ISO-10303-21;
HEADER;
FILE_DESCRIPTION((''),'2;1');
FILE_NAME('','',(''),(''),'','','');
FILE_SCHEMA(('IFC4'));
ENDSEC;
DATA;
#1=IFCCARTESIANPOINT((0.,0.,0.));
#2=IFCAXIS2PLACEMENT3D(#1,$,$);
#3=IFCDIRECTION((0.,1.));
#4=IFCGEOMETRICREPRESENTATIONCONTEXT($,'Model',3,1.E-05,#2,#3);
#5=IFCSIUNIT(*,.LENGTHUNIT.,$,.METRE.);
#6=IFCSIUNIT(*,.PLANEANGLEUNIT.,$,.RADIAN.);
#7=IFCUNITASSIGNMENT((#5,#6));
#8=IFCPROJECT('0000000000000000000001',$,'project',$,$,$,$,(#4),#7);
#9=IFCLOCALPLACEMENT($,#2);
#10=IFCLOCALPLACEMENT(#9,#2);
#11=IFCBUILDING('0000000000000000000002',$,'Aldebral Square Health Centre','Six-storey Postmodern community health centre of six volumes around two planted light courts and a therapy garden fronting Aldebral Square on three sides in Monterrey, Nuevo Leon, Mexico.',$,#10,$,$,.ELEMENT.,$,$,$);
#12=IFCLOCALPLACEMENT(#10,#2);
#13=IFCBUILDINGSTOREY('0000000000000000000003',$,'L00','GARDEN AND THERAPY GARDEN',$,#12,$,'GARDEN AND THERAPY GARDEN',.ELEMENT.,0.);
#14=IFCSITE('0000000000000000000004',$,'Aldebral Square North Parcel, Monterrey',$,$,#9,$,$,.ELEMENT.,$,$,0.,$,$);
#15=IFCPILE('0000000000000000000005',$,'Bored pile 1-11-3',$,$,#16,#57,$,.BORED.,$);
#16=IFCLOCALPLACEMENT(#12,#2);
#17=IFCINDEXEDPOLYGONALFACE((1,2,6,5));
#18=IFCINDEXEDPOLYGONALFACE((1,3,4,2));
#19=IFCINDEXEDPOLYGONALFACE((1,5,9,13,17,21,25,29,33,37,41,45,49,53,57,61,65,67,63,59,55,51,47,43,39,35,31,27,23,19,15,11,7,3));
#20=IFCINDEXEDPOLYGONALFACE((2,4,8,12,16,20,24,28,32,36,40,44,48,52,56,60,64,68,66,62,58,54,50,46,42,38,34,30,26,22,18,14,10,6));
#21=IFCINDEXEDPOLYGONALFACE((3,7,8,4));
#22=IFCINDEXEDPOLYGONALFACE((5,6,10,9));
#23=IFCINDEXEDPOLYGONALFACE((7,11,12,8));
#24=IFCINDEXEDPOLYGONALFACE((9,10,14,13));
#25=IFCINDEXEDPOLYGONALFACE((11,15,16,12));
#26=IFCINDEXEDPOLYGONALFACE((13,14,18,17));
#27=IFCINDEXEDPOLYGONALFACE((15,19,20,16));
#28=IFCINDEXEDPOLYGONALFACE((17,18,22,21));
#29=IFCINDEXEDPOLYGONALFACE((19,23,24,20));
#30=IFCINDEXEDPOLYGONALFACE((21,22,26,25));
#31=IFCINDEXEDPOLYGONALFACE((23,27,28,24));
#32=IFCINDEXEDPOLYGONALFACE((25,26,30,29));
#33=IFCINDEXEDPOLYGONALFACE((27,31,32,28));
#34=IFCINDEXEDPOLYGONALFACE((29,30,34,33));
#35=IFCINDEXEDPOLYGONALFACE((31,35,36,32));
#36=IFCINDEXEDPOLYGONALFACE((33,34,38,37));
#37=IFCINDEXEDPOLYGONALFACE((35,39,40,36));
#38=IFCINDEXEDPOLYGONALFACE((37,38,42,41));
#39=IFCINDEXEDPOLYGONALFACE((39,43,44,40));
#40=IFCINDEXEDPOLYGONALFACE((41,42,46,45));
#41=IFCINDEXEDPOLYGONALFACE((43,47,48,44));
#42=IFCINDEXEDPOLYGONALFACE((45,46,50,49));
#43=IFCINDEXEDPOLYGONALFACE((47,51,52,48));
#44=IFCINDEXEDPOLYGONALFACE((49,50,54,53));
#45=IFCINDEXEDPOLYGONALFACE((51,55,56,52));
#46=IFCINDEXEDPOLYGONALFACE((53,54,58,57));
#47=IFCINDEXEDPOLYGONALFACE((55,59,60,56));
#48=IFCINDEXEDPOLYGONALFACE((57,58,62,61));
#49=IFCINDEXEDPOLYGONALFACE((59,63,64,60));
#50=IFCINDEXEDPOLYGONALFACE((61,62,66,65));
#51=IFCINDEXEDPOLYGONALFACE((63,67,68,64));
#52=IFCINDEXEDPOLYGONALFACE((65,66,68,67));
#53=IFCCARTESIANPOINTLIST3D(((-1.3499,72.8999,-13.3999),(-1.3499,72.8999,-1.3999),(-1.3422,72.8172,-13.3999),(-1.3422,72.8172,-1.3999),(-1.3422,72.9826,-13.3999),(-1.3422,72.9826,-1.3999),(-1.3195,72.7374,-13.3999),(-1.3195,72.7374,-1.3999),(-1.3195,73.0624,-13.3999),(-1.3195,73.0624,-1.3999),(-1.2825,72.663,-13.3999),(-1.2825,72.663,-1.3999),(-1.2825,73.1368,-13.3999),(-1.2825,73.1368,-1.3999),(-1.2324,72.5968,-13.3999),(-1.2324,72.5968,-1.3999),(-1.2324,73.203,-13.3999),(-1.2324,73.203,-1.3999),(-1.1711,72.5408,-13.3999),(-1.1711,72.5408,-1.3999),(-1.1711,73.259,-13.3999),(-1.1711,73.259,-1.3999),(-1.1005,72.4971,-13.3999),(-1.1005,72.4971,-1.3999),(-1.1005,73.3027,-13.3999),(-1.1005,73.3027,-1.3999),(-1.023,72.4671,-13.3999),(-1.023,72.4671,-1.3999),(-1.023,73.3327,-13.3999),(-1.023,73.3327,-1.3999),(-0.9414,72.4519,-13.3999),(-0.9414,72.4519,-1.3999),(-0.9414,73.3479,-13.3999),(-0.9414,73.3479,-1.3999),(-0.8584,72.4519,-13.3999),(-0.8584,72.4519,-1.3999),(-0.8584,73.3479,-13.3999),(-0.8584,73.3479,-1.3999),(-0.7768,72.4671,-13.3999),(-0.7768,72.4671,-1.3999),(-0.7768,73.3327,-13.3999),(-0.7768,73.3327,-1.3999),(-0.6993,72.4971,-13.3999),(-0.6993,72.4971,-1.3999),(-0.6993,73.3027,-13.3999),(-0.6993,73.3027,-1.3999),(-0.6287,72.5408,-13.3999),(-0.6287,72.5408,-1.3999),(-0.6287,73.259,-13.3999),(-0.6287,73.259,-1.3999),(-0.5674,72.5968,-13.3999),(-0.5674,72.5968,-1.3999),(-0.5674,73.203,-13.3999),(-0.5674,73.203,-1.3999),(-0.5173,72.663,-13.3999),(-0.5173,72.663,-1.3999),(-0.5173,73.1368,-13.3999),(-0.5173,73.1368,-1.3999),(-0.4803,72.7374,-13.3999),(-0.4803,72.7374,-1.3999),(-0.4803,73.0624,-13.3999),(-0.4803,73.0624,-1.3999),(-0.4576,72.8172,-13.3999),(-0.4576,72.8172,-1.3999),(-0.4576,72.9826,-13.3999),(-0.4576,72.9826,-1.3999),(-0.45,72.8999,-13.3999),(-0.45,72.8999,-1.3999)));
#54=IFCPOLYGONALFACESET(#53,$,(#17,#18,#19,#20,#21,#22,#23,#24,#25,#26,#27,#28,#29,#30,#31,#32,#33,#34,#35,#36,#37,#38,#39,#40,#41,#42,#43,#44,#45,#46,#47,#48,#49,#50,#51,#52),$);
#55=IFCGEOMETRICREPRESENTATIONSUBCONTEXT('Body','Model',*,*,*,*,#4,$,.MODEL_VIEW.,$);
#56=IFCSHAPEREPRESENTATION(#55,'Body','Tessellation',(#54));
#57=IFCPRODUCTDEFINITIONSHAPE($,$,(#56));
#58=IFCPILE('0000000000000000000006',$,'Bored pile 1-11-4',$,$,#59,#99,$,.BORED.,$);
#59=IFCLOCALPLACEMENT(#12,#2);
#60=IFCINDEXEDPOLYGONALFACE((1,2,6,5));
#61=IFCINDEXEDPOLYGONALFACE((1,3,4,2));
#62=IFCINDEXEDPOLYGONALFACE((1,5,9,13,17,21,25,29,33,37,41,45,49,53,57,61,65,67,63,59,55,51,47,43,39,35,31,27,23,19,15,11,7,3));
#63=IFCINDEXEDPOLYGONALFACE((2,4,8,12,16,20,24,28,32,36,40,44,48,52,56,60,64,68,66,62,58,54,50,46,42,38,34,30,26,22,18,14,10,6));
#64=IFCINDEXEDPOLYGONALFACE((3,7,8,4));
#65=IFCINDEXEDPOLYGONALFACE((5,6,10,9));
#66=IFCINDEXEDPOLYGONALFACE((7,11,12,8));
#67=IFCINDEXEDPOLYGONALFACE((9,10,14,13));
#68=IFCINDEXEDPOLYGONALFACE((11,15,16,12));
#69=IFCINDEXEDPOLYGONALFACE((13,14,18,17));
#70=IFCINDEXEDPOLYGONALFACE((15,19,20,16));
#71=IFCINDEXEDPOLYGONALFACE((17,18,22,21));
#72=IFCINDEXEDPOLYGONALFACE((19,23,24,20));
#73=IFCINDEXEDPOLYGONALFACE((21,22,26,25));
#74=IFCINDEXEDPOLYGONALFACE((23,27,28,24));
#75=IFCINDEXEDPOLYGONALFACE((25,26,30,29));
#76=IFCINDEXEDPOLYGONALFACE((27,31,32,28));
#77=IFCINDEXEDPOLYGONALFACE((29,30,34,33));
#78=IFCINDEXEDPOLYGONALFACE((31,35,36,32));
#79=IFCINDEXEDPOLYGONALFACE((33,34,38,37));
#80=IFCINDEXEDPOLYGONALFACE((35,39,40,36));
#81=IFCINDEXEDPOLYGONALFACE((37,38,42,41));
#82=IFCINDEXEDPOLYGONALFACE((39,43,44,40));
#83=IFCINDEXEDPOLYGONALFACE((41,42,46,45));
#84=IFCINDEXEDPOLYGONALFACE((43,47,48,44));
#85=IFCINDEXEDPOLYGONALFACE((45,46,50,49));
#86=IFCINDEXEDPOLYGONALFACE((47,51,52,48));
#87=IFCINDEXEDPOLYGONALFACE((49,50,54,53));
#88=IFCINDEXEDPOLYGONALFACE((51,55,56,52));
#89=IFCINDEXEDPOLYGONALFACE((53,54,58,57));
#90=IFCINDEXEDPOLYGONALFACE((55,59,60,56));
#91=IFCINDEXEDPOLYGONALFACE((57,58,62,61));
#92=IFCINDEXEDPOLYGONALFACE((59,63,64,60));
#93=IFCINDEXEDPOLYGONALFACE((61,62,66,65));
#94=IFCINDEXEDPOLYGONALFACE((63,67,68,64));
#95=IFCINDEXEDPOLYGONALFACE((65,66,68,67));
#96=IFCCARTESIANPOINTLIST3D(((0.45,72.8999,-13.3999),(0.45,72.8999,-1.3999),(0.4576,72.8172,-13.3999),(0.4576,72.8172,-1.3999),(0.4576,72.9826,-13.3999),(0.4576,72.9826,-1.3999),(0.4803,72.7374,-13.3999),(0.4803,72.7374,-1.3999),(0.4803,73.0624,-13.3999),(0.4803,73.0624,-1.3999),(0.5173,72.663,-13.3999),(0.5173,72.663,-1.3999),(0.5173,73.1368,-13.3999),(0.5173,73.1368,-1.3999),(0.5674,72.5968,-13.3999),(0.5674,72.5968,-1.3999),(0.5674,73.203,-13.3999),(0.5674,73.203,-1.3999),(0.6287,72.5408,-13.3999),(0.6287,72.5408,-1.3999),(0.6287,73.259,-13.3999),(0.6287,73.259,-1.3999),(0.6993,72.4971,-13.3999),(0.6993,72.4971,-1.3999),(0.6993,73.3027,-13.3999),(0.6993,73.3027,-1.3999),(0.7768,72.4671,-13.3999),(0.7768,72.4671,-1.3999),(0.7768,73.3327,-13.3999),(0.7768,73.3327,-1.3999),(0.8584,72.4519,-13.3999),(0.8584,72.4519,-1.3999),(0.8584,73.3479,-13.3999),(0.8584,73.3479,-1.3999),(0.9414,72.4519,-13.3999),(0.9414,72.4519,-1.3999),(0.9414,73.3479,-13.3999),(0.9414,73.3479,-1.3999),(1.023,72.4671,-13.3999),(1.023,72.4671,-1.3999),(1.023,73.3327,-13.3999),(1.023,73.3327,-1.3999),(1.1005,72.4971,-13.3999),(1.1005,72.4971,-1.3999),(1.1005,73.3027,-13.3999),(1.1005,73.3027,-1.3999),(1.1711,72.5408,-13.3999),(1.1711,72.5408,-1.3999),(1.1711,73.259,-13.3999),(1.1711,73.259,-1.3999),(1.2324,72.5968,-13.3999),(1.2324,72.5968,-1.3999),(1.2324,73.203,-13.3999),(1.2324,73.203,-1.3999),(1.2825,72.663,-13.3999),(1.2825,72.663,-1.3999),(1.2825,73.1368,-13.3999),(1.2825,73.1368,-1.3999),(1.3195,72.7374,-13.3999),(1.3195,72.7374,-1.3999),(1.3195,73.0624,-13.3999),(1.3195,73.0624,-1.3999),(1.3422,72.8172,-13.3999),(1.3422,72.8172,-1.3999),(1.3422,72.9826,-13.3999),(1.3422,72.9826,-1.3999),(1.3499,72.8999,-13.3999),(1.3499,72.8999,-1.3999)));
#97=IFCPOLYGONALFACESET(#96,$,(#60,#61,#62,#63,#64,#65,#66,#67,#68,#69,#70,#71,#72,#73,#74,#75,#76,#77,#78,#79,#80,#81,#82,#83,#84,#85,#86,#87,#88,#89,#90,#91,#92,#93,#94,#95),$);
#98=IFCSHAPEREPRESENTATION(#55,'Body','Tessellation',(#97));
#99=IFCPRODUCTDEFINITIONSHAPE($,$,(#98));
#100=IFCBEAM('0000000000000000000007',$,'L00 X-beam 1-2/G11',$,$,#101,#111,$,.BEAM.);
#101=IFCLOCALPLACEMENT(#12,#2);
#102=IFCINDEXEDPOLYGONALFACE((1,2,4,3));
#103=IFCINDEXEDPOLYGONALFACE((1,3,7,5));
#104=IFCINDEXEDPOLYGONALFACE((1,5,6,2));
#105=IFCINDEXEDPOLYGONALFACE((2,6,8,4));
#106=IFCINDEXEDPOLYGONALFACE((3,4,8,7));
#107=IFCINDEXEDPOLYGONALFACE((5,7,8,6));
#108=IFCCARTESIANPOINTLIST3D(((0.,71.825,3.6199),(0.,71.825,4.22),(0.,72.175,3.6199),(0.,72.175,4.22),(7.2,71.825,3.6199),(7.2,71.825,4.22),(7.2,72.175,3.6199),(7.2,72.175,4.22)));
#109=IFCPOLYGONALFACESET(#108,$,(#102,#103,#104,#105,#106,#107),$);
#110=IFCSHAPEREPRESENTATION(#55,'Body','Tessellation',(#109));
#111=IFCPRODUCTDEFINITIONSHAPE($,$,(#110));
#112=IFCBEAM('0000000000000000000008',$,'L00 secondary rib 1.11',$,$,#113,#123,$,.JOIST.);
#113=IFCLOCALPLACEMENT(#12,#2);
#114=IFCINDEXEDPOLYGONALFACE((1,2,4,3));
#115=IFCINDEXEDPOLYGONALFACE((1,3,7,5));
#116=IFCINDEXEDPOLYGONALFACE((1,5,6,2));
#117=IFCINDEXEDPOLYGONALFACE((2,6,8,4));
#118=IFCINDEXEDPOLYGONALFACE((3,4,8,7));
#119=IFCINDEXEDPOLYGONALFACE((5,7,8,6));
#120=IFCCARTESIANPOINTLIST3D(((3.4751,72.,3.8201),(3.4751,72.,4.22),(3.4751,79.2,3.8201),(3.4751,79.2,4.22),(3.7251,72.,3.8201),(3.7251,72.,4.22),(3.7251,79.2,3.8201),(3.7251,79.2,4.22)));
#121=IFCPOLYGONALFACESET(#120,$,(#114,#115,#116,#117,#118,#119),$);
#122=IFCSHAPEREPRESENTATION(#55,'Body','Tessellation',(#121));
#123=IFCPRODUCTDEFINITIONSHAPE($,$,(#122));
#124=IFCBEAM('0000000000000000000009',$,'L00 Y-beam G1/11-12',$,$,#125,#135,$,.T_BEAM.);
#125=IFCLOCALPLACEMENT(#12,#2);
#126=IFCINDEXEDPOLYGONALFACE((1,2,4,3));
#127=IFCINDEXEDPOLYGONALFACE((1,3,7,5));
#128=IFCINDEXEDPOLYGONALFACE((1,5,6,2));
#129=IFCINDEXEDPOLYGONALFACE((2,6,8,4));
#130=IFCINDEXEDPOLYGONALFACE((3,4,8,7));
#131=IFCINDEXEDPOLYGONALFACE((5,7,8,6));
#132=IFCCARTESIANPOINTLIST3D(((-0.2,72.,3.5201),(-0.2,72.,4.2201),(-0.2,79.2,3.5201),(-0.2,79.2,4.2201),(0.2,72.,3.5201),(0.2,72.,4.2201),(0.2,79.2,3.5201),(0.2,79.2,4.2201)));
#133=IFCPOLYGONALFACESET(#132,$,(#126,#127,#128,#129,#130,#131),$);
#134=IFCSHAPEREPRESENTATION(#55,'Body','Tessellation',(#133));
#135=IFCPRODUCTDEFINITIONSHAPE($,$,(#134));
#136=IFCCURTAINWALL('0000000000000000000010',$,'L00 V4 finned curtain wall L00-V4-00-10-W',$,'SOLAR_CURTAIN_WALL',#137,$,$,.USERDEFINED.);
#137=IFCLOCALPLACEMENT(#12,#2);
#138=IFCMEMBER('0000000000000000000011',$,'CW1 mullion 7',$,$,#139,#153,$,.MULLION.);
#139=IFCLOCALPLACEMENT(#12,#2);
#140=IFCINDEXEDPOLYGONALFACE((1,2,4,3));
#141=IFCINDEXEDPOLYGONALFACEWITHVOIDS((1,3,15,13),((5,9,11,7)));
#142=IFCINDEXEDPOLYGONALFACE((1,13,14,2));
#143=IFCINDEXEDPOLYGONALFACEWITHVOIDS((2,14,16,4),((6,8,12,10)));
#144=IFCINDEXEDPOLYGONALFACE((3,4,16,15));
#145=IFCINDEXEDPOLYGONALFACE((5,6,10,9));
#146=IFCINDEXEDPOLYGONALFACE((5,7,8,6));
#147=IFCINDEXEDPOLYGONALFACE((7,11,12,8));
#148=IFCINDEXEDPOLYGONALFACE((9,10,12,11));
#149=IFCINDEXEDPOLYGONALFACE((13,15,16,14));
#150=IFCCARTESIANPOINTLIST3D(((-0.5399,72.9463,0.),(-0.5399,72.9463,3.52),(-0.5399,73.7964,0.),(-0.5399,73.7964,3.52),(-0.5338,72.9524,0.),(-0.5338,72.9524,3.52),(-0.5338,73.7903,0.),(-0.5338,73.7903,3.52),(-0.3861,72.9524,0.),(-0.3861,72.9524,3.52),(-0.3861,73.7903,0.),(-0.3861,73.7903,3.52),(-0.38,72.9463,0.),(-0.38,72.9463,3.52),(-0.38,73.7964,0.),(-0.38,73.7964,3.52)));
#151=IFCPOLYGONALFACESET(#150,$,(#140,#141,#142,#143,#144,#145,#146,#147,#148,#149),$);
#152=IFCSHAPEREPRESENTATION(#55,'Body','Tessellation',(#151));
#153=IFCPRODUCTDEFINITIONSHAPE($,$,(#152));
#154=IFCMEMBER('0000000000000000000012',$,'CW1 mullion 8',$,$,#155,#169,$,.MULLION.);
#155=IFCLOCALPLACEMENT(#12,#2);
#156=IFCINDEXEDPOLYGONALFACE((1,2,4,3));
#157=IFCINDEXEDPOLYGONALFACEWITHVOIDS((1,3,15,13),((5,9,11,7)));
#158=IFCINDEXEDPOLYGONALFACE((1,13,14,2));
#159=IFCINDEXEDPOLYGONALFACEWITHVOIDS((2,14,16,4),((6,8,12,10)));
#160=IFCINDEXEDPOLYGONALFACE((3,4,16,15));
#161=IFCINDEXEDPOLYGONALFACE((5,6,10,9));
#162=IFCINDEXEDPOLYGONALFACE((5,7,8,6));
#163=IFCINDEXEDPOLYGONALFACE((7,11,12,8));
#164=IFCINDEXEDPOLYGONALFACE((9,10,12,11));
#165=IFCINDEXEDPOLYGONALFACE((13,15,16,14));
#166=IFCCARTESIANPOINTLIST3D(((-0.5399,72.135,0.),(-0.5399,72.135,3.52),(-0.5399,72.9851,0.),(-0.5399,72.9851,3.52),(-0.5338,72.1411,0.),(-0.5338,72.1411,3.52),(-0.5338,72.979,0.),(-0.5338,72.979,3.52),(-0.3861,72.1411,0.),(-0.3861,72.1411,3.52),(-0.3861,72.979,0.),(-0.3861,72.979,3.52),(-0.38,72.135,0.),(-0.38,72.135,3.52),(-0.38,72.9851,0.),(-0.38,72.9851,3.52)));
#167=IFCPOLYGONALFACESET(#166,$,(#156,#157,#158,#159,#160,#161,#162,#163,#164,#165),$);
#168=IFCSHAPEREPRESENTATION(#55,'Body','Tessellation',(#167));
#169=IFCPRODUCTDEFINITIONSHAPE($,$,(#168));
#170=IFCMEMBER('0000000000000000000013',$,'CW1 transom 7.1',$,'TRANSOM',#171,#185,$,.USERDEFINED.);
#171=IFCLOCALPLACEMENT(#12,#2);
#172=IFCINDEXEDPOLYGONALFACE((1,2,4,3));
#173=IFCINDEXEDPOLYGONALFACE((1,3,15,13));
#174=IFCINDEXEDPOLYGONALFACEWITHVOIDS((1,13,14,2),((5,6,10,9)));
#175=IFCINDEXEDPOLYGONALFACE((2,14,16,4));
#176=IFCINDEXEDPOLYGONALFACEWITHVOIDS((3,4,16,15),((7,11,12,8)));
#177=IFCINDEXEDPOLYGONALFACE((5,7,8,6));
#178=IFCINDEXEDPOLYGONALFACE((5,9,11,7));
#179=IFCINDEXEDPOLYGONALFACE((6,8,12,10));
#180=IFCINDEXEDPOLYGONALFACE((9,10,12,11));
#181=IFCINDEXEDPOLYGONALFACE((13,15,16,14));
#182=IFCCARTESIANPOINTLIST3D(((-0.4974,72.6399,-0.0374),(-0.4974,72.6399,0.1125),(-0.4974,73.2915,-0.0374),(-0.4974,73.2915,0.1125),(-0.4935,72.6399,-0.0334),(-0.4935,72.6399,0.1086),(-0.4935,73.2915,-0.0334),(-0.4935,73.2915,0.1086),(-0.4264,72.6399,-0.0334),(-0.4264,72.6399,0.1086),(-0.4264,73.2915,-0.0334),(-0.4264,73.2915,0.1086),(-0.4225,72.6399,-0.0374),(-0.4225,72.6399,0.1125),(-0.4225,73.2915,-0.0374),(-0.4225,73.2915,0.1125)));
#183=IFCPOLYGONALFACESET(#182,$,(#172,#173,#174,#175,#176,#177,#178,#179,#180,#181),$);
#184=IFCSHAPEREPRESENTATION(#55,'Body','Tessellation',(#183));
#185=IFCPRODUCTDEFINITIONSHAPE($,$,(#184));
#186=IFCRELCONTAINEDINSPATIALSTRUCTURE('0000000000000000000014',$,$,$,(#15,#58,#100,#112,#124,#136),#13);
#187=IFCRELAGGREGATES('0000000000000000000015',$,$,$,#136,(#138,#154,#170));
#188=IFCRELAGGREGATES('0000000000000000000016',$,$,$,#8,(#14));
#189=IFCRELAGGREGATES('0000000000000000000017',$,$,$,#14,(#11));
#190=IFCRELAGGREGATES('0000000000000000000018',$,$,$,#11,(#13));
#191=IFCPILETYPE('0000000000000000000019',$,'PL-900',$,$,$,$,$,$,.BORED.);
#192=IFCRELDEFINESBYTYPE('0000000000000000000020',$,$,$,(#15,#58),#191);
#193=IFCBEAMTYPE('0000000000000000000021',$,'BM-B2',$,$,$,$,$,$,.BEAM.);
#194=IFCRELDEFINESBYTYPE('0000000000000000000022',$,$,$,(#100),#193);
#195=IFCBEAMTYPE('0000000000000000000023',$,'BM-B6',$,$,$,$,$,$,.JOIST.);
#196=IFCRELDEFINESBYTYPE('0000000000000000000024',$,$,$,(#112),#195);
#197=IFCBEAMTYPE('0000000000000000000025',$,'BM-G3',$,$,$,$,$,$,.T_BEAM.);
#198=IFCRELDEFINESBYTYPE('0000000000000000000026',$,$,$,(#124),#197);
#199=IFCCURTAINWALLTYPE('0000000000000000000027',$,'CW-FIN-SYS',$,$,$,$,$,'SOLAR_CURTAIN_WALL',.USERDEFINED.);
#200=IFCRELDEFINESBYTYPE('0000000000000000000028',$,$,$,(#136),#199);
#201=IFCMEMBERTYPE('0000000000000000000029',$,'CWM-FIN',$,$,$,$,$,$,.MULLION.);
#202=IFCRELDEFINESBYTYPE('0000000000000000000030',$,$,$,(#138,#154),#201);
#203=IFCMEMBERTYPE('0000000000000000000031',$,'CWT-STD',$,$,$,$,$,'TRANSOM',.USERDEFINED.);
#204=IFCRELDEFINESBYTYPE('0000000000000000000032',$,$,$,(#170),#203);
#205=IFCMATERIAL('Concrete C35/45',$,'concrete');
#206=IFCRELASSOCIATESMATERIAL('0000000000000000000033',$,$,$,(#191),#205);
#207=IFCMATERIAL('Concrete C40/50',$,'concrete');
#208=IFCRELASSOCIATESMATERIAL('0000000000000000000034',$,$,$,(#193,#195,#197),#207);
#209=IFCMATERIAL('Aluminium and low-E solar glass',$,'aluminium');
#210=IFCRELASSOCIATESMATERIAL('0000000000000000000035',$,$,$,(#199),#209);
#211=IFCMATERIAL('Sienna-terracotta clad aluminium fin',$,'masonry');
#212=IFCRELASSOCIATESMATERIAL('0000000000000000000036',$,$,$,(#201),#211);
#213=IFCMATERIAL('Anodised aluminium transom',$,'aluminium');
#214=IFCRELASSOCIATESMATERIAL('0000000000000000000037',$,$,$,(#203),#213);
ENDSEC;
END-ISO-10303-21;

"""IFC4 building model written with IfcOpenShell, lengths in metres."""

from ifc_helpers import new_model, si_unit, direction, frame, origin, origin_2d, place, context, subcontext, project, spatial, rectangle, hollow_rectangle, circle, extrude, material, material_profile, profile_set, type_object, element, aggregate, save


model = new_model("IFC4")

# Units and contexts
model_context = context("Model", 3, precision=1e-05, world=origin(), true_north=direction((0.0, 1.0)))
body_context = subcontext(model_context, "Body", "Model", "MODEL_VIEW")
ifc_project = project(units=[si_unit("LENGTHUNIT", "METRE"), si_unit("PLANEANGLEUNIT", "RADIAN")], contexts=[model_context])

# Site, building, storey
site_placement = place(None, origin())
site = spatial("IfcSite", under=ifc_project, at=site_placement, Name="Aldebral Square North Parcel, Monterrey", CompositionType="ELEMENT", RefElevation=0.0)
building_placement = place(site_placement, origin())
building = spatial("IfcBuilding", under=site, at=building_placement, Name="Aldebral Square Health Centre", Description="Six-storey Postmodern community health centre of six volumes around two planted light courts and a therapy garden fronting Aldebral Square on three sides in Monterrey, Nuevo Leon, Mexico.", CompositionType="ELEMENT")
storey_placement = place(building_placement, origin())
storey = spatial("IfcBuildingStorey", under=building, at=storey_placement, Name="L00", Description="GARDEN AND THERAPY GARDEN", LongName="GARDEN AND THERAPY GARDEN", CompositionType="ELEMENT", Elevation=0.0)

# Piles
ifc_material_1 = material(Name="Concrete C35/45", Category="concrete")
ifc_material_profile_1 = material_profile(ifc_material_1, circle(Radius=0.45, at=origin_2d()), Name="PILE D900")
ifc_profile_set_1 = profile_set([ifc_material_profile_1], Name="Concrete C35/45")
pile_type = type_object("IfcPileType", Name="PL-900", PredefinedType="BORED", material=ifc_profile_set_1)
for number, where, z_axis, x_axis, name in (
    (1, (-0.8999, 72.8999, -1.3999), (0.0, 0.0, -1.0), (1.0, 0.0, 0.0), "Bored pile 1-11-3"),
    (2, (0.8999, 72.8999, -1.3999), (0.0, 0.0, -1.0), (1.0, 0.0, 0.0), "Bored pile 1-11-4"),
):
    element("IfcPile", number, at=place(storey_placement, frame(where, z_axis=z_axis, x_axis=x_axis)), inside=storey, type_object=pile_type, Name=name, PredefinedType="BORED", context=body_context, shape_type="SweptSolid", body=[
        extrude(circle(Radius=0.45, at=origin_2d()), origin(), (0.0, 0.0, 1.0), 12.0),
    ])

# Beams
ifc_material_2 = material(Name="Concrete C40/50", Category="concrete")
ifc_material_profile_2 = material_profile(ifc_material_2, rectangle(XDim=0.3501, YDim=0.6001, at=origin_2d()), Name="RC 350x600")
ifc_profile_set_2 = profile_set([ifc_material_profile_2], Name="Concrete C40/50")
beam_type_1 = type_object("IfcBeamType", Name="BM-B2", PredefinedType="BEAM", material=ifc_profile_set_2)
beam_1_placement = place(storey_placement, frame((0.0, 72.0, 3.9199), z_axis=(1.0, 0.0, 0.0), x_axis=(0.0, 1.0, 0.0)))
element("IfcBeam", 3, at=beam_1_placement, inside=storey, type_object=beam_type_1, Name="L00 X-beam 1-2/G11", PredefinedType="BEAM", context=body_context, shape_type="SweptSolid", body=[
    extrude(rectangle(XDim=0.3501, YDim=0.6001, at=origin_2d()), origin(), (0.0, 0.0, 1.0), 7.2),
])
ifc_material_profile_3 = material_profile(ifc_material_2, rectangle(XDim=0.25, YDim=0.3999, at=origin_2d()), Name="RC 250x400")
ifc_profile_set_3 = profile_set([ifc_material_profile_3], Name="Concrete C40/50")
beam_type_2 = type_object("IfcBeamType", Name="BM-B6", PredefinedType="JOIST", material=ifc_profile_set_3)
beam_2_placement = place(storey_placement, frame((3.6001, 72.0, 4.02), z_axis=(0.0, 1.0, 0.0), x_axis=(-1.0, 0.0, 0.0)))
element("IfcBeam", 4, at=beam_2_placement, inside=storey, type_object=beam_type_2, Name="L00 secondary rib 1.11", PredefinedType="JOIST", context=body_context, shape_type="SweptSolid", body=[
    extrude(rectangle(XDim=0.25, YDim=0.3999, at=origin_2d()), origin(), (0.0, 0.0, 1.0), 7.2),
])
ifc_material_profile_4 = material_profile(ifc_material_2, rectangle(XDim=0.3999, YDim=0.7, at=origin_2d()), Name="RC 400x700")
ifc_profile_set_4 = profile_set([ifc_material_profile_4], Name="Concrete C40/50")
beam_type_3 = type_object("IfcBeamType", Name="BM-G3", PredefinedType="T_BEAM", material=ifc_profile_set_4)
beam_3_placement = place(storey_placement, frame((0.0, 72.0, 3.8701), z_axis=(0.0, 1.0, 0.0), x_axis=(-1.0, 0.0, 0.0)))
element("IfcBeam", 5, at=beam_3_placement, inside=storey, type_object=beam_type_3, Name="L00 Y-beam G1/11-12", PredefinedType="T_BEAM", context=body_context, shape_type="SweptSolid", body=[
    extrude(rectangle(XDim=0.3999, YDim=0.7, at=origin_2d()), origin(), (0.0, 0.0, 1.0), 7.2),
])

# Curtain wall, members
ifc_material_3 = material(Name="Aluminium and low-E solar glass", Category="aluminium")
curtain_wall_type = type_object("IfcCurtainWallType", Name="CW-FIN-SYS", ElementType="SOLAR_CURTAIN_WALL", PredefinedType="USERDEFINED", material=ifc_material_3)
curtain_wall_placement = place(storey_placement, origin())
curtain_wall = element("IfcCurtainWall", 6, at=curtain_wall_placement, inside=storey, type_object=curtain_wall_type, Name="L00 V4 finned curtain wall L00-V4-00-10-W", ObjectType="SOLAR_CURTAIN_WALL", PredefinedType="USERDEFINED")
ifc_material_4 = material(Name="Sienna-terracotta clad aluminium fin", Category="masonry")
ifc_material_profile_5 = material_profile(ifc_material_4, hollow_rectangle(XDim=0.1599, YDim=0.8501, WallThickness=0.0061, at=origin_2d()), Name="FIN 160x850x6")
ifc_profile_set_5 = profile_set([ifc_material_profile_5], Name="Sienna-terracotta clad aluminium fin")
member_type_1 = type_object("IfcMemberType", Name="CWM-FIN", PredefinedType="MULLION", material=ifc_profile_set_5)
member_1_placement = place(storey_placement, frame((-0.46, 73.3713, 0.0), z_axis=(0.0, 0.0, 1.0), x_axis=(1.0, 0.0, 0.0)))
member_1 = element("IfcMember", 7, at=member_1_placement, type_object=member_type_1, Name="CW1 mullion 7", PredefinedType="MULLION", context=body_context, shape_type="SweptSolid", body=[
    extrude(hollow_rectangle(XDim=0.1599, YDim=0.8501, WallThickness=0.0061, at=origin_2d()), origin(), (0.0, 0.0, 1.0), 3.52),
])
member_2_placement = place(storey_placement, frame((-0.46, 72.5601, 0.0), z_axis=(0.0, 0.0, 1.0), x_axis=(1.0, 0.0, 0.0)))
member_2 = element("IfcMember", 8, at=member_2_placement, type_object=member_type_1, Name="CW1 mullion 8", PredefinedType="MULLION", context=body_context, shape_type="SweptSolid", body=[
    extrude(hollow_rectangle(XDim=0.1599, YDim=0.8501, WallThickness=0.0061, at=origin_2d()), origin(), (0.0, 0.0, 1.0), 3.52),
])
ifc_material_5 = material(Name="Anodised aluminium transom", Category="aluminium")
ifc_material_profile_6 = material_profile(ifc_material_5, hollow_rectangle(XDim=0.075, YDim=0.1499, WallThickness=0.0039, at=origin_2d()), Name="CWT 75x150x4")
ifc_profile_set_6 = profile_set([ifc_material_profile_6], Name="Anodised aluminium transom")
member_type_2 = type_object("IfcMemberType", Name="CWT-STD", ElementType="TRANSOM", PredefinedType="USERDEFINED", material=ifc_profile_set_6)
member_3_placement = place(storey_placement, frame((-0.46, 73.2915, 0.0376), z_axis=(0.0, -1.0, 0.0), x_axis=(1.0, 0.0, 0.0)))
member_3 = element("IfcMember", 9, at=member_3_placement, type_object=member_type_2, Name="CW1 transom 7.1", ObjectType="TRANSOM", PredefinedType="USERDEFINED", context=body_context, shape_type="SweptSolid", body=[
    extrude(hollow_rectangle(XDim=0.075, YDim=0.1499, WallThickness=0.0039, at=origin_2d()), origin(), (0.0, 0.0, 1.0), 0.6516),
])
aggregate(curtain_wall, [member_1, member_2, member_3])

save(model, "model.ifc")
